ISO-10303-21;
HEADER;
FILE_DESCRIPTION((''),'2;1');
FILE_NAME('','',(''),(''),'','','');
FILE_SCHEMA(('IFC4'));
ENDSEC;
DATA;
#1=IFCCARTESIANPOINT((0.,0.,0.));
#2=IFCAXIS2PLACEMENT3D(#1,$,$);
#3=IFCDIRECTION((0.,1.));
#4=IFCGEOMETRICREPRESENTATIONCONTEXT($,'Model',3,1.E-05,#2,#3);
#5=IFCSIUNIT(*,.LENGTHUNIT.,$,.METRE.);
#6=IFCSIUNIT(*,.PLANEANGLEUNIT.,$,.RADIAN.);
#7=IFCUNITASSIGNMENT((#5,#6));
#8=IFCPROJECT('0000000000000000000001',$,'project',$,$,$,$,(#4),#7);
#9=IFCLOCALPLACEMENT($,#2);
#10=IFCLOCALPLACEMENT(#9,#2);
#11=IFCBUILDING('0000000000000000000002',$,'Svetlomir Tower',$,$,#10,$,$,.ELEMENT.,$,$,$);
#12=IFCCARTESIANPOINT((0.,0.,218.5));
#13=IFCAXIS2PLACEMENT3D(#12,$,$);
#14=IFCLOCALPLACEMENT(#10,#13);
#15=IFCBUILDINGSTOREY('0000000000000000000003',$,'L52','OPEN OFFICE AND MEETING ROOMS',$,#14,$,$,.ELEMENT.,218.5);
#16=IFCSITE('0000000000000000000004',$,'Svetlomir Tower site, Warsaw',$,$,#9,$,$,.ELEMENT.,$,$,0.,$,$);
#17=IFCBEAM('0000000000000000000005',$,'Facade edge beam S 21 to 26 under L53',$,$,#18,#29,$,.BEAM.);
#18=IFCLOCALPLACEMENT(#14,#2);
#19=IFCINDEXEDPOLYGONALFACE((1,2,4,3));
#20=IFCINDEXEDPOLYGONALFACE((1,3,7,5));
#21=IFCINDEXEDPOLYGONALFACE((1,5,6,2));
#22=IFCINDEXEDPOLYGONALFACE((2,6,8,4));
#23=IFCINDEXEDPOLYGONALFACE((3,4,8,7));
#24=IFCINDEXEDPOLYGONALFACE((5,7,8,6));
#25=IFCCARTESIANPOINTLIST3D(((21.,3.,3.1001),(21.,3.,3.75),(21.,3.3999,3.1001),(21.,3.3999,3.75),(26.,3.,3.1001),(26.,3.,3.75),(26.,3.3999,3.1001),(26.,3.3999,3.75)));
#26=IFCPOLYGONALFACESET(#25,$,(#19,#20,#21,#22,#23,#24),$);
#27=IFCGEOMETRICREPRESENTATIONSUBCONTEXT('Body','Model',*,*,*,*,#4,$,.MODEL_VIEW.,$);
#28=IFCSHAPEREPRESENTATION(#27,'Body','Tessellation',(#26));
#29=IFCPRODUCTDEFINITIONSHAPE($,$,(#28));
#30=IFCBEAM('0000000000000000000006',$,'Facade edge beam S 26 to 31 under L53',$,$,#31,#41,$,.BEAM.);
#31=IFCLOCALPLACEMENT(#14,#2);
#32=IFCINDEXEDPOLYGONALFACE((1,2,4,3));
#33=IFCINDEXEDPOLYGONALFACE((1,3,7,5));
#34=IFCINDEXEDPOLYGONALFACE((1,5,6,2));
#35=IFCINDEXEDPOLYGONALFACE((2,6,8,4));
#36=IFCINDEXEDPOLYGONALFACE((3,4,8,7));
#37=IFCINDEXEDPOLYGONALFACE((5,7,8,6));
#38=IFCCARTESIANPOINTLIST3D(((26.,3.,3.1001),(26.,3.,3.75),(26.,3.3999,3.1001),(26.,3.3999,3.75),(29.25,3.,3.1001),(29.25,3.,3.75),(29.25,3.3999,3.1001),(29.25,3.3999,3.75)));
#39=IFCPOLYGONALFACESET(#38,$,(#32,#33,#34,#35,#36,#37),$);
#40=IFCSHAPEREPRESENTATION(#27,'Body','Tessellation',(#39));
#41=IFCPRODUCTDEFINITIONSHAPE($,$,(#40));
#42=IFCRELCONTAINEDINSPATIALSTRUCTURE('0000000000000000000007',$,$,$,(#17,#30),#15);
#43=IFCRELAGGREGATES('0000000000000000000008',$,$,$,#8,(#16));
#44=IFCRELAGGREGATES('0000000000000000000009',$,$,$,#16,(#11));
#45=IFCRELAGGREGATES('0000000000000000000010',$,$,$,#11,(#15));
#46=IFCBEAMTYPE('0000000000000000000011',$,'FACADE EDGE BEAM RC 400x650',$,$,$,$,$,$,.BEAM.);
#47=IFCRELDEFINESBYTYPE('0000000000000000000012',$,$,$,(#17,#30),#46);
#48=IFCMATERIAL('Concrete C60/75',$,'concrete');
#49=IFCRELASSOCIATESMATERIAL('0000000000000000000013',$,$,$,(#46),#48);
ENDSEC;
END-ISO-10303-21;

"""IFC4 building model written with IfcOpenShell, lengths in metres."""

from ifc_helpers import new_model, si_unit, direction, frame, origin, origin_2d, place, context, subcontext, project, spatial, rectangle, extrude, material, material_profile, profile_set, type_object, element, save


model = new_model("IFC4")

# Units and contexts
model_context = context("Model", 3, precision=1e-05, world=origin(), true_north=direction((0.0, 1.0)))
body_context = subcontext(model_context, "Body", "Model", "MODEL_VIEW")
ifc_project = project(units=[si_unit("LENGTHUNIT", "METRE"), si_unit("PLANEANGLEUNIT", "RADIAN")], contexts=[model_context])

# Site, building, storey
site_placement = place(None, origin())
site = spatial("IfcSite", under=ifc_project, at=site_placement, Name="Svetlomir Tower site, Warsaw", CompositionType="ELEMENT", RefElevation=0.0)
building_placement = place(site_placement, origin())
building = spatial("IfcBuilding", under=site, at=building_placement, Name="Svetlomir Tower", CompositionType="ELEMENT")
storey_placement = place(building_placement, frame((0.0, 0.0, 218.5)))
storey = spatial("IfcBuildingStorey", under=building, at=storey_placement, Name="L52", Description="OPEN OFFICE AND MEETING ROOMS", CompositionType="ELEMENT", Elevation=218.5)

# Beams
ifc_material_1 = material(Name="Concrete C60/75", Category="concrete")
ifc_material_profile = material_profile(ifc_material_1, rectangle(XDim=0.3999, YDim=0.6499, at=origin_2d()), Name="RC 400x650")
ifc_profile_set = profile_set([ifc_material_profile], Name="Concrete C60/75")
beam_type = type_object("IfcBeamType", Name="FACADE EDGE BEAM RC 400x650", PredefinedType="BEAM", material=ifc_profile_set)
beam_1_placement = place(storey_placement, frame((21.0, 3.2, 3.425), z_axis=(1.0, 0.0, 0.0), x_axis=(0.0, 1.0, 0.0)))
element("IfcBeam", 1, at=beam_1_placement, inside=storey, type_object=beam_type, Name="Facade edge beam S 21 to 26 under L53", PredefinedType="BEAM", context=body_context, shape_type="SweptSolid", body=[
    extrude(rectangle(XDim=0.3999, YDim=0.6499, at=origin_2d()), origin(), (0.0, 0.0, 1.0), 5.0),
])
beam_2_placement = place(storey_placement, frame((26.0, 3.2, 3.425), z_axis=(1.0, 0.0, 0.0), x_axis=(0.0, 1.0, 0.0)))
element("IfcBeam", 2, at=beam_2_placement, inside=storey, type_object=beam_type, Name="Facade edge beam S 26 to 31 under L53", PredefinedType="BEAM", context=body_context, shape_type="SweptSolid", body=[
    extrude(rectangle(XDim=0.3999, YDim=0.6499, at=origin_2d()), origin(), (0.0, 0.0, 1.0), 3.25),
])

save(model, "model.ifc")
